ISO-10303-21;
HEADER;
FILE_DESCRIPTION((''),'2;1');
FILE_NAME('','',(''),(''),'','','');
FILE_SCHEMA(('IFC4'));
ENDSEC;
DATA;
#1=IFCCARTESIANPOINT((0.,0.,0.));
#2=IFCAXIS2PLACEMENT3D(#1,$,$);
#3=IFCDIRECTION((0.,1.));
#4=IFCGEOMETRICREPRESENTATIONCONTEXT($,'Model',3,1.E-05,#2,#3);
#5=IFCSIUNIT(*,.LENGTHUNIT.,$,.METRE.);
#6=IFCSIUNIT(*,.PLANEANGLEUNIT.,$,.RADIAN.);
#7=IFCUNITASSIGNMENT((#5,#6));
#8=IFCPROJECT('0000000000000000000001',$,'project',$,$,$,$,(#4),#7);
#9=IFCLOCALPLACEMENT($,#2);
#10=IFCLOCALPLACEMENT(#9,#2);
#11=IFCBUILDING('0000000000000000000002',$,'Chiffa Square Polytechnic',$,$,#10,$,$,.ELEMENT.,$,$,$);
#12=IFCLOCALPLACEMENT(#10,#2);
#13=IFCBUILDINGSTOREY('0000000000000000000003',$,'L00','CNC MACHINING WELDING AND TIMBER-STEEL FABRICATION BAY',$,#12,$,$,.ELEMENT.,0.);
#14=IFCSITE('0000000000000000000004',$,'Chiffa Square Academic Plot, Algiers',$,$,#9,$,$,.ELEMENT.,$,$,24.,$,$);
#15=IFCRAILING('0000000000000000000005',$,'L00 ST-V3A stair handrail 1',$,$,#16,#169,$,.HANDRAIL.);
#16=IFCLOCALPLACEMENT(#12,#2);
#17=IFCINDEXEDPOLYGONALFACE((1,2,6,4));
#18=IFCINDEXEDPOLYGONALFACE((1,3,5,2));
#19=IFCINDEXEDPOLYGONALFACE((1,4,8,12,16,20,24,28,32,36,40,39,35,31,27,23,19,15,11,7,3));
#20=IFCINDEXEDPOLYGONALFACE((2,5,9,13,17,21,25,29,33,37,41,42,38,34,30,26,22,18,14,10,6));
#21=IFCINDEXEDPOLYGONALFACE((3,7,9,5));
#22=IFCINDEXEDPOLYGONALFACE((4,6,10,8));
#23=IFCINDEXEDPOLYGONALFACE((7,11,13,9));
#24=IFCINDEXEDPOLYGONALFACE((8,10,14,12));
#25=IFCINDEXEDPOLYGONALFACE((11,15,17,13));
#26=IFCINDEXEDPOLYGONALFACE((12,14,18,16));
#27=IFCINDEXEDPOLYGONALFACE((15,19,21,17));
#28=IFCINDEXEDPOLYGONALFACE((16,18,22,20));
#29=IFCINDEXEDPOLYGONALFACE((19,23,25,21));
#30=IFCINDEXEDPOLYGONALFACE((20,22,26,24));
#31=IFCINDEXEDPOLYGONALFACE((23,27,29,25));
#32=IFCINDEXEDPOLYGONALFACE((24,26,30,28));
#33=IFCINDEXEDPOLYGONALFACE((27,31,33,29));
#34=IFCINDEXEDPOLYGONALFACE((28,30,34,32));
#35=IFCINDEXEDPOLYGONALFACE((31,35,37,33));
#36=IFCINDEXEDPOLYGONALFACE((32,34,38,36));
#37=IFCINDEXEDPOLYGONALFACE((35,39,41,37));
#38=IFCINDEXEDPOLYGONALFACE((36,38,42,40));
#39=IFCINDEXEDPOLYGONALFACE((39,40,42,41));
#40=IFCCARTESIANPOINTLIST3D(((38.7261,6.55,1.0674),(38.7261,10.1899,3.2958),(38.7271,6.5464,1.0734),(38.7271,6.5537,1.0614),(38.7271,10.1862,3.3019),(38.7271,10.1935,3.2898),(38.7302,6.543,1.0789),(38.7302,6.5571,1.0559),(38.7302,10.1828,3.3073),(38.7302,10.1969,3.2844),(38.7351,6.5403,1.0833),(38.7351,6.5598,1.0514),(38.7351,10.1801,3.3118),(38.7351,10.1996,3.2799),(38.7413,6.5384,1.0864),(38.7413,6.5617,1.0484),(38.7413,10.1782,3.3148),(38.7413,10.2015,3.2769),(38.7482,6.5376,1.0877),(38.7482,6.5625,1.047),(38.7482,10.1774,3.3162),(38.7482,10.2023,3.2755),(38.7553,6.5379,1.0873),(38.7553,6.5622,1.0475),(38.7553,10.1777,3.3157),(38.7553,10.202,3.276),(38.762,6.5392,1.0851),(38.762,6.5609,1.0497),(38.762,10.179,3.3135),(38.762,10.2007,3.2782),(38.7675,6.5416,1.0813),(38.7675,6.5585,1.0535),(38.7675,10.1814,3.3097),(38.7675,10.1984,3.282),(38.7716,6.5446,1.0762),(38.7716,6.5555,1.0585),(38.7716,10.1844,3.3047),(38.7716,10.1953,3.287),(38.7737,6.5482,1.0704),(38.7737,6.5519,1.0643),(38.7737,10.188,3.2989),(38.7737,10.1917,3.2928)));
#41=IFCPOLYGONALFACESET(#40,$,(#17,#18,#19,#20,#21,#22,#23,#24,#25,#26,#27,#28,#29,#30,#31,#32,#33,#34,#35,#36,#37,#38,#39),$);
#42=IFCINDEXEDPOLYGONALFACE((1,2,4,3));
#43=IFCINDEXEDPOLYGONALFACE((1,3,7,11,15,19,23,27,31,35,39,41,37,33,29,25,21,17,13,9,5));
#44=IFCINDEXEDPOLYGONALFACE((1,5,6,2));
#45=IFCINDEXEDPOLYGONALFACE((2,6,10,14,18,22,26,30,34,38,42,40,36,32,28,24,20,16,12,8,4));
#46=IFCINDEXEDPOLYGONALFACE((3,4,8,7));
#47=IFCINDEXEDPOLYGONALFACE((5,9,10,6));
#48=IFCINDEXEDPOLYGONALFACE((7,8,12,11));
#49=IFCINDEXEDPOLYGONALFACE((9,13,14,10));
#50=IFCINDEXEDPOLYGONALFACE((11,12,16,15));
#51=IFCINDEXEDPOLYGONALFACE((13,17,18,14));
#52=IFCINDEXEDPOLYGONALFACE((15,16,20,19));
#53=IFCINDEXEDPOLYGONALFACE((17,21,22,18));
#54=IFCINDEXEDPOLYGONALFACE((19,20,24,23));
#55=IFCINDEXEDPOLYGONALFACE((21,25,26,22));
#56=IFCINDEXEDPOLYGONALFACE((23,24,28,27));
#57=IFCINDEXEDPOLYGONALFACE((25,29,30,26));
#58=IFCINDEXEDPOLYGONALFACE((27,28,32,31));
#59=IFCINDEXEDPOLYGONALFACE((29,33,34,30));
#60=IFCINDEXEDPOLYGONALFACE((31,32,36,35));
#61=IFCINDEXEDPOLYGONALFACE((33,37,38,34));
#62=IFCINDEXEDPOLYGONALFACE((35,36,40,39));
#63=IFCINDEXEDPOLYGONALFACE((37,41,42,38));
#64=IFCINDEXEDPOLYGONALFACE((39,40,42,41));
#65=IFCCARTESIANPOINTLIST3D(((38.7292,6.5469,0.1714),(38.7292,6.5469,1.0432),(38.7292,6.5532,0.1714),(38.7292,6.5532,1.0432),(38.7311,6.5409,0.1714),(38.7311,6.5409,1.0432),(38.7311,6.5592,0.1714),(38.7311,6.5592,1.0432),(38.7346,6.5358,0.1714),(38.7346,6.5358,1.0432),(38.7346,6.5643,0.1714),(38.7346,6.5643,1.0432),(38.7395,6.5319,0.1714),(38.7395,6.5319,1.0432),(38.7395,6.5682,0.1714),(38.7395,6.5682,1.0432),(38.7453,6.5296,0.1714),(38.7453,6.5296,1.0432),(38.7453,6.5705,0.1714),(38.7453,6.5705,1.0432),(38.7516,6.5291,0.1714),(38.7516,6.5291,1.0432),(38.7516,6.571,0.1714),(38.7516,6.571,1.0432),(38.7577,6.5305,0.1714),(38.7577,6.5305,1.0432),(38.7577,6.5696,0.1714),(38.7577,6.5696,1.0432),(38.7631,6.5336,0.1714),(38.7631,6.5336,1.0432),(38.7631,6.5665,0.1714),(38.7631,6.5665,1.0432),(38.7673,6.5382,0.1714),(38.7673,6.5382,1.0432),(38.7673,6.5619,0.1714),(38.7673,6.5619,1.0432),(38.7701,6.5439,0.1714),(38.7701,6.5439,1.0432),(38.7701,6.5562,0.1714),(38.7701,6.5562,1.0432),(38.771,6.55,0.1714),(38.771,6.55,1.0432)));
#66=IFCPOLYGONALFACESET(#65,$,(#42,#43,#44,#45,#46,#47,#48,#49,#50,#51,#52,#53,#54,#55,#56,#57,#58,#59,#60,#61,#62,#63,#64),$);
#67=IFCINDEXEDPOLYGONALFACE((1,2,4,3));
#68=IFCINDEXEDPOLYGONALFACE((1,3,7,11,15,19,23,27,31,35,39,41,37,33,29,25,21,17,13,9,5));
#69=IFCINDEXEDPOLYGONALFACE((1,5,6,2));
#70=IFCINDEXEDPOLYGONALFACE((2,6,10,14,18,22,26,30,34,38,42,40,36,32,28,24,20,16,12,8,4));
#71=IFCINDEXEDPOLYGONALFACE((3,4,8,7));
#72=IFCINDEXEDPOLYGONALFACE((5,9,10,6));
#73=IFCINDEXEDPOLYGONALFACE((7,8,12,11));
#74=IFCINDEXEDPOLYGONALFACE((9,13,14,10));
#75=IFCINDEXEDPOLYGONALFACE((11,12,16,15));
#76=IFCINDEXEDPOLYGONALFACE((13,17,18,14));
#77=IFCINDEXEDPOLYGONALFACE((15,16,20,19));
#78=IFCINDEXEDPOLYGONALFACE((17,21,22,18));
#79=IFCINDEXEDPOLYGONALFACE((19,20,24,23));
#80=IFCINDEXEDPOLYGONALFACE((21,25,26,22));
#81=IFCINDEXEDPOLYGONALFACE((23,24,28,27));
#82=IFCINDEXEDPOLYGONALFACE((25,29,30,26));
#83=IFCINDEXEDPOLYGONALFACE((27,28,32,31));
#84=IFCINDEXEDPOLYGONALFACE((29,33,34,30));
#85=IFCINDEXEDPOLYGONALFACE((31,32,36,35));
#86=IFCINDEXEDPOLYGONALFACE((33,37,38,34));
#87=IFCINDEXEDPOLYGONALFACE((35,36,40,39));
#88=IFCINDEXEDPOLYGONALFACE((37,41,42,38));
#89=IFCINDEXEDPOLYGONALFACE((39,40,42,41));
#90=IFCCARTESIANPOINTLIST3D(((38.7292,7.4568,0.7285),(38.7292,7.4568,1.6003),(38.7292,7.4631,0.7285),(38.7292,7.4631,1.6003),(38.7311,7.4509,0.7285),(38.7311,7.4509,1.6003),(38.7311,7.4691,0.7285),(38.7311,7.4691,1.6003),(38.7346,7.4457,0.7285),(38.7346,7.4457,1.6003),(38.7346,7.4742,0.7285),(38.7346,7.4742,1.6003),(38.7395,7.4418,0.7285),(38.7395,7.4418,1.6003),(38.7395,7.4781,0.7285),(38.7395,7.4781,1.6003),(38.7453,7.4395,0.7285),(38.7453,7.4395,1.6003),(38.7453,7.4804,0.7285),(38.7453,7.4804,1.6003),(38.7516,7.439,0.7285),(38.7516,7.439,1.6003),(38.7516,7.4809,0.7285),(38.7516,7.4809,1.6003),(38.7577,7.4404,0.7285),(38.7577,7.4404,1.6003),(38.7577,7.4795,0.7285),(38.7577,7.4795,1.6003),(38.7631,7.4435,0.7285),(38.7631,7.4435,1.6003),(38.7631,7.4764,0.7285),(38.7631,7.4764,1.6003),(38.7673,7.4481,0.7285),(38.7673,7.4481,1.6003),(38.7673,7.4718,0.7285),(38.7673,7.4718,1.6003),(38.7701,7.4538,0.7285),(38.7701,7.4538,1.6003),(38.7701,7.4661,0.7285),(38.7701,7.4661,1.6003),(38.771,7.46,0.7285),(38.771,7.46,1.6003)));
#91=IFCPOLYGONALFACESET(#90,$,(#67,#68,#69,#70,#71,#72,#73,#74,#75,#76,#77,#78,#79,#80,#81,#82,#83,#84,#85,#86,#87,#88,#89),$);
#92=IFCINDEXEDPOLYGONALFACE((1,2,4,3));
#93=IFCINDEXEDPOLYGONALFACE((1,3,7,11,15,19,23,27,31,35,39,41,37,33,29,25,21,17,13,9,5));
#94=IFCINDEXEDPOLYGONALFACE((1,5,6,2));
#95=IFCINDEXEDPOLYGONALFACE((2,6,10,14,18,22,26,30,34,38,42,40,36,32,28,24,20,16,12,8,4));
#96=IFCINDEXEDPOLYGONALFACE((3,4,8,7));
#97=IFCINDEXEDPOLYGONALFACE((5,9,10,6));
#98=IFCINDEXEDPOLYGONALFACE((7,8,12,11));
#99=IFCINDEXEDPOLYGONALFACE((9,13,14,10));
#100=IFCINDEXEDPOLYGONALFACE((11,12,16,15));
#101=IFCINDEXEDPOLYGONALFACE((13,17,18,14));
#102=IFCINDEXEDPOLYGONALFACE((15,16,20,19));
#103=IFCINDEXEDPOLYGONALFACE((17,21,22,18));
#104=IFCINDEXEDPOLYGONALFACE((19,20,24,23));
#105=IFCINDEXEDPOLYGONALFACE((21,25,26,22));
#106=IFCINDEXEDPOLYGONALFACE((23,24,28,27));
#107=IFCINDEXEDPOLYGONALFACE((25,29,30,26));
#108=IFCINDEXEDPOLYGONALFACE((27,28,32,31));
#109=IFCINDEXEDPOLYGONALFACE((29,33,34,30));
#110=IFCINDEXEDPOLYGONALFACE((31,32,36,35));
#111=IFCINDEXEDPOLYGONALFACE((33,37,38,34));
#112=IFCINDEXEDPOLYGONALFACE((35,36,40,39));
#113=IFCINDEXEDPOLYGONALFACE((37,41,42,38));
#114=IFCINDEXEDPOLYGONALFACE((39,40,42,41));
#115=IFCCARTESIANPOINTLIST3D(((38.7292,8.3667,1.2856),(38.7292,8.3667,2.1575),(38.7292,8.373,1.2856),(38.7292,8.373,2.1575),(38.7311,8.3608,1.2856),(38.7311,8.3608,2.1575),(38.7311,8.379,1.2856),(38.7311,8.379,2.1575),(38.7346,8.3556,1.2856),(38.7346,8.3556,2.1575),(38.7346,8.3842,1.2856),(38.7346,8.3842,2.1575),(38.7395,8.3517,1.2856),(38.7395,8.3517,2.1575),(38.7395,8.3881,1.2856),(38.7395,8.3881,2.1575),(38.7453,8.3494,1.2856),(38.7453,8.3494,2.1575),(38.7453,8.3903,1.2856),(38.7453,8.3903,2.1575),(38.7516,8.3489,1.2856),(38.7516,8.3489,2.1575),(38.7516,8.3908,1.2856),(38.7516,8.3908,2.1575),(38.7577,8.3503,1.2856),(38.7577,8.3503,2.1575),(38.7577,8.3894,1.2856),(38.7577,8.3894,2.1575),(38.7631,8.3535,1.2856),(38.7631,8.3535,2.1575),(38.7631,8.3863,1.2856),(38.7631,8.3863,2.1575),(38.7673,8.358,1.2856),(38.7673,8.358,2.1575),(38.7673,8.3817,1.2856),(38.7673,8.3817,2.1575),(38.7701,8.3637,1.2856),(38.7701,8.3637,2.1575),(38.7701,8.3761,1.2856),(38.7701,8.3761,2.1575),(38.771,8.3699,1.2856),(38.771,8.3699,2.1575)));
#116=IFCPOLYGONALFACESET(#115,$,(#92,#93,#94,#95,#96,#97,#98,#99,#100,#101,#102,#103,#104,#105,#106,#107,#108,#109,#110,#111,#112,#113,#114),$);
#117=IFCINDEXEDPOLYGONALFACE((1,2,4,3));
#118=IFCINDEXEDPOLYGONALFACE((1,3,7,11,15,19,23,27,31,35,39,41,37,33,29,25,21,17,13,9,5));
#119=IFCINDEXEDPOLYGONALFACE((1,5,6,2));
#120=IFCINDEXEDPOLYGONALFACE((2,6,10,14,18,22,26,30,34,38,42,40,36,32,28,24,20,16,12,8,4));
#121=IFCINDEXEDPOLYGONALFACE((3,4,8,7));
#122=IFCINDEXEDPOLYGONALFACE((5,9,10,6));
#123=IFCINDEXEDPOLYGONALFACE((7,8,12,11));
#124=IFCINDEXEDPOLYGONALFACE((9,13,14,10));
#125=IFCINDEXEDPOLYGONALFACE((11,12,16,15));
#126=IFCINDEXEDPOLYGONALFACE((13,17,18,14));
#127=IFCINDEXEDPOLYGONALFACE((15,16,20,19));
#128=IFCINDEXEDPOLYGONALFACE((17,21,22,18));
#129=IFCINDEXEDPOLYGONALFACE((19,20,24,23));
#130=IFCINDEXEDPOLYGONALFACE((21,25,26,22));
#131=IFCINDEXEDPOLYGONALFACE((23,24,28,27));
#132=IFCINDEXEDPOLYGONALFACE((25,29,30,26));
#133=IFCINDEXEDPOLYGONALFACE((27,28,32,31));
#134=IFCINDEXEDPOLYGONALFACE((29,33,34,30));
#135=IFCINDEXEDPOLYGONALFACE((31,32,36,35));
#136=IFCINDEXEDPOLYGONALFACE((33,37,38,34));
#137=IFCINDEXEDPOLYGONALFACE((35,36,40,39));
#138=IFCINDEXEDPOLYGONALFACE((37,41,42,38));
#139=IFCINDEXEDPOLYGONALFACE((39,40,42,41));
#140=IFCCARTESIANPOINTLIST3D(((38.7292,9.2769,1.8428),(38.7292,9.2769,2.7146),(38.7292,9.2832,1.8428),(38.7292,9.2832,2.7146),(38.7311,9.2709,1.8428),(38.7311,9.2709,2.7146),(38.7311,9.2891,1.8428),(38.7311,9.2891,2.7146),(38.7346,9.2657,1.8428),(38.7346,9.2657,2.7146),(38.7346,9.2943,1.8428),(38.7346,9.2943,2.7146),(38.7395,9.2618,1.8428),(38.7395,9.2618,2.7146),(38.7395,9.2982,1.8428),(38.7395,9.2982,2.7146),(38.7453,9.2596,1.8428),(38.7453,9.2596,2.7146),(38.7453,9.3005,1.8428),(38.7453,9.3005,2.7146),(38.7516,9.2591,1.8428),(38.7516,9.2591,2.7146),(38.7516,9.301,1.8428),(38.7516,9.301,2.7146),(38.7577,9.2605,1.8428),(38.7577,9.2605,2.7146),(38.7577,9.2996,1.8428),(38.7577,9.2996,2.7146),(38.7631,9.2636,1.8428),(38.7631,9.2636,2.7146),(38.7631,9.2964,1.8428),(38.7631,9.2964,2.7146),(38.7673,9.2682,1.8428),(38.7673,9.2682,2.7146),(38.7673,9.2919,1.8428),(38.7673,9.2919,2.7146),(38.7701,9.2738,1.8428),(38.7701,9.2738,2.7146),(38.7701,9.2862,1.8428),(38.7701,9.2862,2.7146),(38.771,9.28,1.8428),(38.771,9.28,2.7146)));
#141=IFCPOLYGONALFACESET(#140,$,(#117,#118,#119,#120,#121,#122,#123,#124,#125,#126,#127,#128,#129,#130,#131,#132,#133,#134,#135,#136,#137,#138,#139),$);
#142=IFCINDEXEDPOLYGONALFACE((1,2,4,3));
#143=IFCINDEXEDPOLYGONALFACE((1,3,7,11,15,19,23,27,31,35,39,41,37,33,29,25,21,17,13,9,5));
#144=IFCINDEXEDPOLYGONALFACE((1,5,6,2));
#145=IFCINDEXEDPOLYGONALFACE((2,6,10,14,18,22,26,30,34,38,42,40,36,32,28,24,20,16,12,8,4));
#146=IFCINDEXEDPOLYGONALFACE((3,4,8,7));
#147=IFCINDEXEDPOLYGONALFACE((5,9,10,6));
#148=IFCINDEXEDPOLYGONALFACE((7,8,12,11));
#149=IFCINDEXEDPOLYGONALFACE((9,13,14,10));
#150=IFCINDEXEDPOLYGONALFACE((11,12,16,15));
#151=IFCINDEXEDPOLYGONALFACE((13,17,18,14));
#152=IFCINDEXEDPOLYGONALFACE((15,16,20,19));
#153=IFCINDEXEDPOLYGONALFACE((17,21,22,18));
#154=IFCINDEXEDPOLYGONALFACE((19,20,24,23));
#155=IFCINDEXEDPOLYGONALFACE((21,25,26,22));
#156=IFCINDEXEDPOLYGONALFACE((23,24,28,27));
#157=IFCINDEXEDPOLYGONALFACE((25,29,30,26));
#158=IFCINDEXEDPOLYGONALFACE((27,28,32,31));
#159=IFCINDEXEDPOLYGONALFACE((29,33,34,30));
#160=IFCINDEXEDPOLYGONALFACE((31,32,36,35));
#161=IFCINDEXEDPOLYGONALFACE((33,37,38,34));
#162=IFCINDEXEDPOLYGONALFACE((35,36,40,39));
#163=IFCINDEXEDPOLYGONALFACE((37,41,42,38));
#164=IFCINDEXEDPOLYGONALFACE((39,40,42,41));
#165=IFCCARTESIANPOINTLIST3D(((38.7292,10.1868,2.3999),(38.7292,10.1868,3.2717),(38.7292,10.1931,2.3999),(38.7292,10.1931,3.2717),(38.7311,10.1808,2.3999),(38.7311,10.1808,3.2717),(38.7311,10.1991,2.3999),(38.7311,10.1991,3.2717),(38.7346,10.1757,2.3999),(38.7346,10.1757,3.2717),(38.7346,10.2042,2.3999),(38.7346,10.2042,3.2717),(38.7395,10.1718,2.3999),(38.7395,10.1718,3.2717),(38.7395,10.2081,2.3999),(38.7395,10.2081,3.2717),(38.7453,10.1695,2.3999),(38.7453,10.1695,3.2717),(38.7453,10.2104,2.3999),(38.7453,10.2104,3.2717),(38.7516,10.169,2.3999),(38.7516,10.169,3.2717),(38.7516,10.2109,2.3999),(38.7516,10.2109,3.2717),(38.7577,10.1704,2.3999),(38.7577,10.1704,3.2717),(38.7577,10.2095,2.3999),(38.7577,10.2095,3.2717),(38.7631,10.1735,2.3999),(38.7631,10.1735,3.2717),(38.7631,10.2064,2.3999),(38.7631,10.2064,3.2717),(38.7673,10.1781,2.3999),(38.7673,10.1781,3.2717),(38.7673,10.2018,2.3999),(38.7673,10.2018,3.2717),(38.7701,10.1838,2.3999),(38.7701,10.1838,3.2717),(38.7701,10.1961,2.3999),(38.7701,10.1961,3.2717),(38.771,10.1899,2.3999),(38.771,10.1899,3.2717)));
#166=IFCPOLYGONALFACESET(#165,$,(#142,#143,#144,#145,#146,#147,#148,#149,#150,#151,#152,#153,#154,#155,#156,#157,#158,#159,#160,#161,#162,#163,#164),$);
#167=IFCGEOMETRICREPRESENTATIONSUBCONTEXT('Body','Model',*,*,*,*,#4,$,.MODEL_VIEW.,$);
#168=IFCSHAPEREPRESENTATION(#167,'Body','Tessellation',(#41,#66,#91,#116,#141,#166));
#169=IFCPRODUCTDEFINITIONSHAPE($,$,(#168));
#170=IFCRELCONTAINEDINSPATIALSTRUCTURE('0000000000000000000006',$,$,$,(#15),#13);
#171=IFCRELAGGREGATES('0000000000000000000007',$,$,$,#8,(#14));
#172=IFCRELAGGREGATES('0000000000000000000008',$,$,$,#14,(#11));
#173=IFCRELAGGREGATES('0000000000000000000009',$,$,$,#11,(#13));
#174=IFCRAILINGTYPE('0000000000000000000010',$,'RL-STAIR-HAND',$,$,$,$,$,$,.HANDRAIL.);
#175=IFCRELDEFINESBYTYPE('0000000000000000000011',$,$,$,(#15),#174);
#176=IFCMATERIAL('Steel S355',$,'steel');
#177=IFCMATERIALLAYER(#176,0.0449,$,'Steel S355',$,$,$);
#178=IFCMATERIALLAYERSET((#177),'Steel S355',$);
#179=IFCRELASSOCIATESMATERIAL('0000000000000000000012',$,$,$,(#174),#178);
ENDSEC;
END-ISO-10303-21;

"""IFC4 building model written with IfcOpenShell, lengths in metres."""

from ifc_helpers import new_model, si_unit, direction, frame, origin, origin_2d, place, context, subcontext, project, spatial, circle, extrude, material, layer, layer_set, type_object, element, save


model = new_model("IFC4")

# Units and contexts
model_context = context("Model", 3, precision=1e-05, world=origin(), true_north=direction((0.0, 1.0)))
body_context = subcontext(model_context, "Body", "Model", "MODEL_VIEW")
ifc_project = project(units=[si_unit("LENGTHUNIT", "METRE"), si_unit("PLANEANGLEUNIT", "RADIAN")], contexts=[model_context])

# Site, building, storey
site_placement = place(None, origin())
site = spatial("IfcSite", under=ifc_project, at=site_placement, Name="Chiffa Square Academic Plot, Algiers", CompositionType="ELEMENT", RefElevation=24.0)
building_placement = place(site_placement, origin())
building = spatial("IfcBuilding", under=site, at=building_placement, Name="Chiffa Square Polytechnic", CompositionType="ELEMENT")
storey_placement = place(building_placement, origin())
storey = spatial("IfcBuildingStorey", under=building, at=storey_placement, Name="L00", Description="CNC MACHINING WELDING AND TIMBER-STEEL FABRICATION BAY", CompositionType="ELEMENT", Elevation=0.0)

# Railing
ifc_material_1 = material(Name="Steel S355", Category="steel")
ifc_layer_1 = layer(ifc_material_1, 0.0449, Name="Steel S355")
ifc_layer_set_1 = layer_set([ifc_layer_1], Name="Steel S355")
railing_type_1 = type_object("IfcRailingType", Name="RL-STAIR-HAND", PredefinedType="HANDRAIL", material=ifc_layer_set_1)
railing_1_placement = place(storey_placement, frame((38.75, 6.55, 0.1714)))
element("IfcRailing", 1, at=railing_1_placement, inside=storey, type_object=railing_type_1, Name="L00 ST-V3A stair handrail 1", PredefinedType="HANDRAIL", context=body_context, shape_type="SweptSolid", body=[
    extrude(circle(Radius=0.0239, at=origin_2d()), frame((0.0, 0.0, 0.896), z_axis=(0.0, 0.85285, 0.522156), x_axis=(-1.0, 0.0, 0.0)), (0.0, 0.0, 1.0), 4.2678),
    extrude(circle(Radius=0.021, at=origin_2d()), origin(), (0.0, 0.0, 1.0), 0.8718),
    extrude(circle(Radius=0.021, at=origin_2d()), frame((0.0, 0.9099, 0.5571)), (0.0, 0.0, 1.0), 0.8718),
    extrude(circle(Radius=0.021, at=origin_2d()), frame((0.0, 1.8198, 1.1143)), (0.0, 0.0, 1.0), 0.8718),
    extrude(circle(Radius=0.021, at=origin_2d()), frame((0.0, 2.73, 1.6714)), (0.0, 0.0, 1.0), 0.8718),
    extrude(circle(Radius=0.021, at=origin_2d()), frame((0.0, 3.6399, 2.2285)), (0.0, 0.0, 1.0), 0.8718),
])

save(model, "model.ifc")
